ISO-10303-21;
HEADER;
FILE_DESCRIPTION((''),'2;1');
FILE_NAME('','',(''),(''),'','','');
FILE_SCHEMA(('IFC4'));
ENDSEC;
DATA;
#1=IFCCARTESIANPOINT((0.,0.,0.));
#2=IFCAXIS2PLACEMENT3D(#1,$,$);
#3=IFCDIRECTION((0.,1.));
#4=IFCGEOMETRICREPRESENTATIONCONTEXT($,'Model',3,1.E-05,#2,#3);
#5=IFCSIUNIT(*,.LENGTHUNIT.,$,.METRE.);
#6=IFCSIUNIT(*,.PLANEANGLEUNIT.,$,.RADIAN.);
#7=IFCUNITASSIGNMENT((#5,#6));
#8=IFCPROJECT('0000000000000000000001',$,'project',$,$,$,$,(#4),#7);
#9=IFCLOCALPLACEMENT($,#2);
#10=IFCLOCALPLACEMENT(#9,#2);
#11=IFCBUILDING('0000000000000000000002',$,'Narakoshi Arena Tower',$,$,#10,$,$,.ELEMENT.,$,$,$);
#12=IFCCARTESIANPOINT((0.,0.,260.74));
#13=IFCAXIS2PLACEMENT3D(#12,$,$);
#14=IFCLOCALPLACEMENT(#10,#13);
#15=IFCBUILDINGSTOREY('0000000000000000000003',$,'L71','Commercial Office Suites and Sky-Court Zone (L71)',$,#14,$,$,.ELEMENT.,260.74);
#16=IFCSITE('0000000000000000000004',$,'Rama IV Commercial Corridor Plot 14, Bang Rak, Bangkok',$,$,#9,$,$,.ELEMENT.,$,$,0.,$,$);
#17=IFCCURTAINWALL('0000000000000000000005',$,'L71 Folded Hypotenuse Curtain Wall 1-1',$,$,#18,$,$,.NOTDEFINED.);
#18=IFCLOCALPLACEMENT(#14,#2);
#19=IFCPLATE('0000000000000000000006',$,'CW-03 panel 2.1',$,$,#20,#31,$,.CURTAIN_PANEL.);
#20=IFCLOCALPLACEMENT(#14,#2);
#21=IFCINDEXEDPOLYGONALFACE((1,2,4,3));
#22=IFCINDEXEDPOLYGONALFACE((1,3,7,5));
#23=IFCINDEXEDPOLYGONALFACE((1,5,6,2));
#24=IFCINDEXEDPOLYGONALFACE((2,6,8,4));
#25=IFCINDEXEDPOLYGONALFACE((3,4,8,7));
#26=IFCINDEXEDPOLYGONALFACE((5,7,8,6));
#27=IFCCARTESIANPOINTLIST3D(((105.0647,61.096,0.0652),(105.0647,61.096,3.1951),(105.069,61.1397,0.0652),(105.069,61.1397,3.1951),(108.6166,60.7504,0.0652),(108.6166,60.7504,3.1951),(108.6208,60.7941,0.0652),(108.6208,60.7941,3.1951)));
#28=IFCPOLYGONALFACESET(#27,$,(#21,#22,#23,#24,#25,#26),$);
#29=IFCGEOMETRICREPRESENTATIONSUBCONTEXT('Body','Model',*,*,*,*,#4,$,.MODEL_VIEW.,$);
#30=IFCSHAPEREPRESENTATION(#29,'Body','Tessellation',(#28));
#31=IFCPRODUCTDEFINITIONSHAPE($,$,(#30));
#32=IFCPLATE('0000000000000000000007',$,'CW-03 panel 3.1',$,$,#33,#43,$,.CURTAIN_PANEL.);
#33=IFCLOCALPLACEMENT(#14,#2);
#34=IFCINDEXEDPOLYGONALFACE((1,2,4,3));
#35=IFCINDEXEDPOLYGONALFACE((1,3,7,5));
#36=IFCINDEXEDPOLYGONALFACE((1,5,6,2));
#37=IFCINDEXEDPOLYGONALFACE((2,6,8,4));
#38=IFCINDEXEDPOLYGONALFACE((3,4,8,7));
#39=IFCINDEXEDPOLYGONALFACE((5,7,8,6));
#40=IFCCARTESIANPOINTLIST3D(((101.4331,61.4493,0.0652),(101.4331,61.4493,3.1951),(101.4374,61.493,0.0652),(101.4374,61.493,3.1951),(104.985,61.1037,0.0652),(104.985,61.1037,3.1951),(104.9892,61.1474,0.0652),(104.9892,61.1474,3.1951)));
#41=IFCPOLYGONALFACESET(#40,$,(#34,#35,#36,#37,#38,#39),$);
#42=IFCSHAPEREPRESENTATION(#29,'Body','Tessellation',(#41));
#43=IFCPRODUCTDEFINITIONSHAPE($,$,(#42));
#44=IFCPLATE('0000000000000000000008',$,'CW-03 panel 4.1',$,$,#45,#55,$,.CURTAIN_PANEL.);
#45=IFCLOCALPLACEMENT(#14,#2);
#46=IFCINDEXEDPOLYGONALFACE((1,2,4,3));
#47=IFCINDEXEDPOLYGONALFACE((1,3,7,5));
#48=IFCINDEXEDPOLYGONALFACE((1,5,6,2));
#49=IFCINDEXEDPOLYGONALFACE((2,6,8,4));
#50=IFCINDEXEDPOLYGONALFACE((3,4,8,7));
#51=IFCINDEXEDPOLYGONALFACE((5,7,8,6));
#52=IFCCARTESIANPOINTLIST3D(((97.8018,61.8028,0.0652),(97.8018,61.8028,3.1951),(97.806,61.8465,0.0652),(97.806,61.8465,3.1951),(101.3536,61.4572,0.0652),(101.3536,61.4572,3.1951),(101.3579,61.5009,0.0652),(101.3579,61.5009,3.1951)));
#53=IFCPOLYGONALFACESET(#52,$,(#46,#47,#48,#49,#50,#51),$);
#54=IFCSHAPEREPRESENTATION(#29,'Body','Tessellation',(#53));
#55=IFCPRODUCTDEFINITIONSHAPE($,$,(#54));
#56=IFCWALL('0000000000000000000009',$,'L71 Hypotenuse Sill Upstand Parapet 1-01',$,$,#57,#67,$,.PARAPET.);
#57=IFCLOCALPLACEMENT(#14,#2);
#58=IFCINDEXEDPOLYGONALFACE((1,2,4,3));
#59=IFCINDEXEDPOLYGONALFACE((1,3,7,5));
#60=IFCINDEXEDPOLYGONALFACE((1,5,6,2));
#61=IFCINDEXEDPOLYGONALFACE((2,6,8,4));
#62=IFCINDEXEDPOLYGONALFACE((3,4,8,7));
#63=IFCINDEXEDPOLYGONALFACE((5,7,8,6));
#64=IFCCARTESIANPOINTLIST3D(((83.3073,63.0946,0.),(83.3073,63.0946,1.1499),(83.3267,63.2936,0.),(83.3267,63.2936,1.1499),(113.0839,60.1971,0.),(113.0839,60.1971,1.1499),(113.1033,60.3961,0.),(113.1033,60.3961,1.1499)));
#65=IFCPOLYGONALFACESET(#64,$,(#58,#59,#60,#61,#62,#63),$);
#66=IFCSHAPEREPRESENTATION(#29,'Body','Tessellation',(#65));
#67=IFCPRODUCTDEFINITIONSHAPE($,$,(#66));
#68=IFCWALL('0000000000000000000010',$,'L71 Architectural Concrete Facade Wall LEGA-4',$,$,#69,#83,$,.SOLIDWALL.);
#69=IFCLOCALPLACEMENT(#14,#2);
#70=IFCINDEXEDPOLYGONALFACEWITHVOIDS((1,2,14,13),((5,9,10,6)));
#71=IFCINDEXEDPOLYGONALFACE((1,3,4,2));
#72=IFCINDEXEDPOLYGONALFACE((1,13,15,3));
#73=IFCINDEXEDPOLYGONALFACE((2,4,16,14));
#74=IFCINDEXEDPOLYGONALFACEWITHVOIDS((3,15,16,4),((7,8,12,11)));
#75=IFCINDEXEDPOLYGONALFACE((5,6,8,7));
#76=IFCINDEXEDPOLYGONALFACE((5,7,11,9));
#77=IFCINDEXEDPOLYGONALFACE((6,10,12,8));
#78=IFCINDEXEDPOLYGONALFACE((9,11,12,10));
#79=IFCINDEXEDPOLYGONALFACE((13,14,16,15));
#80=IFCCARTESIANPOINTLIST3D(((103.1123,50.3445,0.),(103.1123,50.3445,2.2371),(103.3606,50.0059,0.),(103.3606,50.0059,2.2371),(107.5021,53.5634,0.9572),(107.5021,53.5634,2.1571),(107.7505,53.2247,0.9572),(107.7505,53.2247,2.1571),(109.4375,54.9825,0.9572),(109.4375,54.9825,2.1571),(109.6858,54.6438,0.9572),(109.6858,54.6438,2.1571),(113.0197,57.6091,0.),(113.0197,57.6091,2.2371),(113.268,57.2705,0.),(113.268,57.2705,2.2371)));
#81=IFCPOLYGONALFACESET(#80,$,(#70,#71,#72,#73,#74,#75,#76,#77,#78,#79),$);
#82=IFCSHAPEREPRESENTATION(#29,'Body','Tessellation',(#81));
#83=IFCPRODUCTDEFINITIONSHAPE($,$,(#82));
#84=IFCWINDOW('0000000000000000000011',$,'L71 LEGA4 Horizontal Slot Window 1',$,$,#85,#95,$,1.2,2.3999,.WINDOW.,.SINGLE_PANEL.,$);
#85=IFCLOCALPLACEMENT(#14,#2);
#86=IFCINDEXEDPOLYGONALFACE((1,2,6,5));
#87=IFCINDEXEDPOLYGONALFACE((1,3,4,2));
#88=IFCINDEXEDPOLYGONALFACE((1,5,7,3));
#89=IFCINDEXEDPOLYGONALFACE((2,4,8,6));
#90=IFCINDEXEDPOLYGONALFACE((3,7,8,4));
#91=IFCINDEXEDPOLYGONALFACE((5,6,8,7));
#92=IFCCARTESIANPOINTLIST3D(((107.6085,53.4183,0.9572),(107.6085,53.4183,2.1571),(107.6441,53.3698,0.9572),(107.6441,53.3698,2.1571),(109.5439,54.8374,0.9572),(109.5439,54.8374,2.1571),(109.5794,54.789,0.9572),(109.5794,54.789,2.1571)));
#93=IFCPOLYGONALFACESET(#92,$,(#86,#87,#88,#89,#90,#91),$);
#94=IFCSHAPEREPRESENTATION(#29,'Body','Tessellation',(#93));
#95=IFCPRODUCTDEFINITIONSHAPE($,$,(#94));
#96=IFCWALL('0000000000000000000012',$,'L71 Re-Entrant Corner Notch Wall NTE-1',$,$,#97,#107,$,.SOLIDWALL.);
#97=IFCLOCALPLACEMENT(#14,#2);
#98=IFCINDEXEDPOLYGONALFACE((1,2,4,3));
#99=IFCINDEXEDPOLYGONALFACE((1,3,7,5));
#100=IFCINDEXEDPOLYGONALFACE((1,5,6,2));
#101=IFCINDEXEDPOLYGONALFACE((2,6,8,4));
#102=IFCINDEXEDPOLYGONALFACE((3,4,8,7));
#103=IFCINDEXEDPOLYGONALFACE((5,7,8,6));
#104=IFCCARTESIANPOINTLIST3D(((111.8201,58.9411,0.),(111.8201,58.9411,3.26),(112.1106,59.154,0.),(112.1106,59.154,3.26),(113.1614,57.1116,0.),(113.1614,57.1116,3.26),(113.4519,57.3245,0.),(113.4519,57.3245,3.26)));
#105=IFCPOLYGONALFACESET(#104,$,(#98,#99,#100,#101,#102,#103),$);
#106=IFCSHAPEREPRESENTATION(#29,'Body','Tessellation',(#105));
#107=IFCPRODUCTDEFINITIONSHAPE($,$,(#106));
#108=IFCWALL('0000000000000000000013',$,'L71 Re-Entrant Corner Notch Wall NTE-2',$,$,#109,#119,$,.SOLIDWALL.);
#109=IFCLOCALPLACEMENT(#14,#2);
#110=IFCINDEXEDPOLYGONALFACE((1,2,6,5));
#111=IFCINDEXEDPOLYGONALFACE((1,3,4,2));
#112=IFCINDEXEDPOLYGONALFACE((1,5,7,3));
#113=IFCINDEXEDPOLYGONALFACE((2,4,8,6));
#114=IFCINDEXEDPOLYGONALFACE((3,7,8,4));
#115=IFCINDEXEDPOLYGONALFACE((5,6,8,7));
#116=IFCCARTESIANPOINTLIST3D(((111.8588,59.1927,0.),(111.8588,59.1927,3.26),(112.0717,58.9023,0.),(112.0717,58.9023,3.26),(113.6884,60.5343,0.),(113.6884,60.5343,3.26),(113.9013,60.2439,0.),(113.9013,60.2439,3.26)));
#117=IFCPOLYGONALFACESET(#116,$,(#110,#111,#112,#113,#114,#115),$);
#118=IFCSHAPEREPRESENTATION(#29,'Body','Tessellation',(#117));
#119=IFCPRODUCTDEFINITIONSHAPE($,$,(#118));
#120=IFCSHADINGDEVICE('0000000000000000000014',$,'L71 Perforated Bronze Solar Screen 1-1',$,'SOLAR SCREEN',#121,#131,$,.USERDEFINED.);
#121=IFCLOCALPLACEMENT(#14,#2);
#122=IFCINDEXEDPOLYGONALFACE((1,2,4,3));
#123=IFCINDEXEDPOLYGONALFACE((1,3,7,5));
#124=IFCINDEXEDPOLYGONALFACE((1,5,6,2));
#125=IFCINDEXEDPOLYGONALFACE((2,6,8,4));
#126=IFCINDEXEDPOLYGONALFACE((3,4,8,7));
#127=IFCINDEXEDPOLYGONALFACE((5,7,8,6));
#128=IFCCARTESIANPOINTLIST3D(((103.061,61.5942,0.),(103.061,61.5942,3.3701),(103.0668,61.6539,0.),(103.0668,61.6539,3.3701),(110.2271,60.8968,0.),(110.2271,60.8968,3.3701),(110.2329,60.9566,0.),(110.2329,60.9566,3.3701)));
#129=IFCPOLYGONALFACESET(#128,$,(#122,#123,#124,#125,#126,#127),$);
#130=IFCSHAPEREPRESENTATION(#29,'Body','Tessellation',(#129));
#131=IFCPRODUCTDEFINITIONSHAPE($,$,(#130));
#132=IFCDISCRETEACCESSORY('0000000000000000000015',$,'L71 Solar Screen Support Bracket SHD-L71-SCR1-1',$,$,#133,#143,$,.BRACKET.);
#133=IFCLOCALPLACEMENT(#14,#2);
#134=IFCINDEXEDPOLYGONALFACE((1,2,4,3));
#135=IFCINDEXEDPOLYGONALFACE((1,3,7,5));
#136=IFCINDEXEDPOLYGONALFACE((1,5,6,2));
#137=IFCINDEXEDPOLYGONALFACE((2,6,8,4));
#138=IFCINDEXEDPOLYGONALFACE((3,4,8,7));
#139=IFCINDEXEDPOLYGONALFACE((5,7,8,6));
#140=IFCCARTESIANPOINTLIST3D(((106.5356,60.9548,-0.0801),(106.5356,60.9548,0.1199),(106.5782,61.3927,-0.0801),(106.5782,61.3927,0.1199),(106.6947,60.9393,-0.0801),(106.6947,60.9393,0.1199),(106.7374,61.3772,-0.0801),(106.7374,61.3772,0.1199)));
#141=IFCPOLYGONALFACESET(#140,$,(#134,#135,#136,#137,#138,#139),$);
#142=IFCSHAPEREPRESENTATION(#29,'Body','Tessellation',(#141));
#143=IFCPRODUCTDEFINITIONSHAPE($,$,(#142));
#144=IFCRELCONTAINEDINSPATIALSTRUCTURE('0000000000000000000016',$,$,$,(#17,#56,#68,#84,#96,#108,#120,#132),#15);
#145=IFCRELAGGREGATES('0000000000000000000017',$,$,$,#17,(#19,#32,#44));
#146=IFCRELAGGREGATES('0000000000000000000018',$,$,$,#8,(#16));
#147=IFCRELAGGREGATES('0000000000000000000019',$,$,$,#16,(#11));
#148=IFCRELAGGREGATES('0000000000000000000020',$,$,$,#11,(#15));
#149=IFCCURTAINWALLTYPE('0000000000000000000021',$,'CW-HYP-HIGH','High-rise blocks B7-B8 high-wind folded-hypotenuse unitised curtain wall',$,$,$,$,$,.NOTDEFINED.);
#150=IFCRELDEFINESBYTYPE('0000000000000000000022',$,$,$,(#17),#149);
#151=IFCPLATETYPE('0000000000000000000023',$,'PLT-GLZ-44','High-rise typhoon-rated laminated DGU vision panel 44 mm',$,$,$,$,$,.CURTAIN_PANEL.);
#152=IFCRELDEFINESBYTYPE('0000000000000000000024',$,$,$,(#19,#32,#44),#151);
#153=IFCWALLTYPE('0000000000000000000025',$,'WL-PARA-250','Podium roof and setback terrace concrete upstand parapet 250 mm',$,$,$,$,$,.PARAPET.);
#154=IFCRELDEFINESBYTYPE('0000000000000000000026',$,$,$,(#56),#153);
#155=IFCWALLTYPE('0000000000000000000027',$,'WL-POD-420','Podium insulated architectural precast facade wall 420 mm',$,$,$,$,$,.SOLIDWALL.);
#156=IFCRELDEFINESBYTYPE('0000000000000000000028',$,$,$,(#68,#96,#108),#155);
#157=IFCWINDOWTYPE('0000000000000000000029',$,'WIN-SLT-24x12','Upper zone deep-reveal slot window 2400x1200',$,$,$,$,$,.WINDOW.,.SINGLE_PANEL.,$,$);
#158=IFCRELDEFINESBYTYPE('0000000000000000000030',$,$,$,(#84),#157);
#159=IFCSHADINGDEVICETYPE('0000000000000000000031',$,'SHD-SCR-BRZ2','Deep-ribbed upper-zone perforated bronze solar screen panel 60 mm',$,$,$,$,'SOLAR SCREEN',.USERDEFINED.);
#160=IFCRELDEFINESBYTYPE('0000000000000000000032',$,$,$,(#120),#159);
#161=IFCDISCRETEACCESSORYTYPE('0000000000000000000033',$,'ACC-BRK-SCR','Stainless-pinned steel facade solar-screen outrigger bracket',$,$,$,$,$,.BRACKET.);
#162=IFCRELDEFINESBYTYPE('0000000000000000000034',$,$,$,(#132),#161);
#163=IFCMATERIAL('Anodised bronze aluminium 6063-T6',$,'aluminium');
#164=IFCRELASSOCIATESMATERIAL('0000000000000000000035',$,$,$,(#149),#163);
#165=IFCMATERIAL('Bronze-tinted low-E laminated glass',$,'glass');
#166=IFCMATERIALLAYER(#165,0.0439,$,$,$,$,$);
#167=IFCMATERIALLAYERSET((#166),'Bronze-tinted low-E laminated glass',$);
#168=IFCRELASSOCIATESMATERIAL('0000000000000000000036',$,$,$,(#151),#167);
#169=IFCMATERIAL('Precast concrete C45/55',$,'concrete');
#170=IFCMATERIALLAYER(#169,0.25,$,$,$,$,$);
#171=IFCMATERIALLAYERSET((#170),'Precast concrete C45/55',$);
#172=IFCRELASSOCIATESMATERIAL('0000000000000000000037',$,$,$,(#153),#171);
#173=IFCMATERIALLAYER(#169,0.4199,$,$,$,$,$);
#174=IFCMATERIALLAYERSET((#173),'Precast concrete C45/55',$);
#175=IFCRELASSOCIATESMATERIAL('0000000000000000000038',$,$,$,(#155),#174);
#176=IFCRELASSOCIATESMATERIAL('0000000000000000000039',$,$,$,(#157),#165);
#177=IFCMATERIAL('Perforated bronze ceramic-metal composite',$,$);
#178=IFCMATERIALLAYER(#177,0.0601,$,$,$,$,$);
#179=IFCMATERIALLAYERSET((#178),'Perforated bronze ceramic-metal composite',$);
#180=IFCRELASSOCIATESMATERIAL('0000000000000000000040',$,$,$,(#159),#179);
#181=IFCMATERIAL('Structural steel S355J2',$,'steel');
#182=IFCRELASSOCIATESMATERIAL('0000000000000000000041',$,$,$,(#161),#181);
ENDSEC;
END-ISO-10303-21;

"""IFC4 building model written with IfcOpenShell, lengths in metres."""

from ifc_helpers import new_model, si_unit, direction, frame, frame_2d, origin, origin_2d, place, context, subcontext, project, spatial, rectangle, extrude, material, layer, layer_set, type_object, element, fill, aggregate, save


model = new_model("IFC4")

# Units and contexts
model_context = context("Model", 3, precision=1e-05, world=origin(), true_north=direction((0.0, 1.0)))
body_context = subcontext(model_context, "Body", "Model", "MODEL_VIEW")
ifc_project = project(units=[si_unit("LENGTHUNIT", "METRE"), si_unit("PLANEANGLEUNIT", "RADIAN")], contexts=[model_context])

# Site, building, storey
site_placement = place(None, origin())
site = spatial("IfcSite", under=ifc_project, at=site_placement, Name="Rama IV Commercial Corridor Plot 14, Bang Rak, Bangkok", CompositionType="ELEMENT", RefElevation=0.0)
building_placement = place(site_placement, origin())
building = spatial("IfcBuilding", under=site, at=building_placement, Name="Narakoshi Arena Tower", CompositionType="ELEMENT")
storey_placement = place(building_placement, frame((0.0, 0.0, 260.74)))
storey = spatial("IfcBuildingStorey", under=building, at=storey_placement, Name="L71", Description="Commercial Office Suites and Sky-Court Zone (L71)", CompositionType="ELEMENT", Elevation=260.74)

# Curtain wall, plates
ifc_material_1 = material(Name="Anodised bronze aluminium 6063-T6", Category="aluminium")
curtain_wall_type = type_object("IfcCurtainWallType", Name="CW-HYP-HIGH", Description="High-rise blocks B7-B8 high-wind folded-hypotenuse unitised curtain wall", PredefinedType="NOTDEFINED", material=ifc_material_1)
curtain_wall_placement = place(storey_placement, origin())
curtain_wall = element("IfcCurtainWall", 1, at=curtain_wall_placement, inside=storey, type_object=curtain_wall_type, Name="L71 Folded Hypotenuse Curtain Wall 1-1", PredefinedType="NOTDEFINED")
ifc_material_2 = material(Name="Bronze-tinted low-E laminated glass", Category="glass")
ifc_layer_1 = layer(ifc_material_2, 0.0439)
ifc_layer_set_1 = layer_set([ifc_layer_1], Name="Bronze-tinted low-E laminated glass")
plate_type = type_object("IfcPlateType", Name="PLT-GLZ-44", Description="High-rise typhoon-rated laminated DGU vision panel 44 mm", PredefinedType="CURTAIN_PANEL", material=ifc_layer_set_1)
plate_1_placement = place(storey_placement, frame((106.8428, 60.9451, 0.0652), z_axis=(0.0, 0.0, 1.0), x_axis=(-0.995299, 0.096851, 0.0)))
plate_1 = element("IfcPlate", 2, at=plate_1_placement, type_object=plate_type, Name="CW-03 panel 2.1", PredefinedType="CURTAIN_PANEL", context=body_context, shape_type="SweptSolid", body=[
    extrude(rectangle(XDim=3.5686, YDim=0.0439, at=origin_2d()), origin(), (0.0, 0.0, 1.0), 3.1299),
])
plate_2_placement = place(storey_placement, frame((103.2112, 61.2983, 0.0652), z_axis=(0.0, 0.0, 1.0), x_axis=(-0.995299, 0.096851, 0.0)))
plate_2 = element("IfcPlate", 3, at=plate_2_placement, type_object=plate_type, Name="CW-03 panel 3.1", PredefinedType="CURTAIN_PANEL", context=body_context, shape_type="SweptSolid", body=[
    extrude(rectangle(XDim=3.5686, YDim=0.0439, at=origin_2d()), origin(), (0.0, 0.0, 1.0), 3.1299),
])
plate_3_placement = place(storey_placement, frame((99.5798, 61.6519, 0.0652), z_axis=(0.0, 0.0, 1.0), x_axis=(-0.995299, 0.096851, 0.0)))
plate_3 = element("IfcPlate", 4, at=plate_3_placement, type_object=plate_type, Name="CW-03 panel 4.1", PredefinedType="CURTAIN_PANEL", context=body_context, shape_type="SweptSolid", body=[
    extrude(rectangle(XDim=3.5686, YDim=0.0439, at=origin_2d()), origin(), (0.0, 0.0, 1.0), 3.1299),
])
aggregate(curtain_wall, [plate_1, plate_2, plate_3])

# Wall
ifc_material_3 = material(Name="Precast concrete C45/55", Category="concrete")
ifc_layer_2 = layer(ifc_material_3, 0.25)
ifc_layer_set_2 = layer_set([ifc_layer_2], Name="Precast concrete C45/55")
wall_type_1 = type_object("IfcWallType", Name="WL-PARA-250", Description="Podium roof and setback terrace concrete upstand parapet 250 mm", PredefinedType="PARAPET", material=ifc_layer_set_2)
wall_1_placement = place(storey_placement, frame((113.0935, 60.2966, 0.0), z_axis=(0.0, 0.0, 1.0), x_axis=(-0.995299, 0.096849, 0.0)))
element("IfcWall", 5, at=wall_1_placement, inside=storey, type_object=wall_type_1, Name="L71 Hypotenuse Sill Upstand Parapet 1-01", PredefinedType="PARAPET", context=body_context, shape_type="SweptSolid", body=[
    extrude(rectangle(XDim=29.9172, YDim=0.2, at=frame_2d((14.9585, 0.0))), origin(), (0.0, 0.0, 1.0), 1.1499),
])

# Wall, opening, window
ifc_layer_3 = layer(ifc_material_3, 0.4199)
ifc_layer_set_3 = layer_set([ifc_layer_3], Name="Precast concrete C45/55")
wall_type_2 = type_object("IfcWallType", Name="WL-POD-420", Description="Podium insulated architectural precast facade wall 420 mm", PredefinedType="SOLIDWALL", material=ifc_layer_set_3)
wall_2_placement = place(storey_placement, frame((103.2366, 50.1753, 0.0), z_axis=(0.0, 0.0, 1.0), x_axis=(0.806437, 0.59132, 0.0)))
wall_2 = element("IfcWall", 6, at=wall_2_placement, inside=storey, type_object=wall_type_2, Name="L71 Architectural Concrete Facade Wall LEGA-4", PredefinedType="SOLIDWALL", context=body_context, shape_type="SweptSolid", body=[
    extrude(rectangle(XDim=12.2854, YDim=0.4199, at=frame_2d((6.1426, 0.0))), origin(), (0.0, 0.0, 1.0), 2.2371),
])
opening_placement = place(wall_2_placement, frame((5.4434, 0.0, 0.957)))
opening = element("IfcOpeningElement", 7, at=opening_placement, cuts=wall_2, PredefinedType="OPENING", context=body_context, shape_type="SweptSolid", body=[
    extrude(rectangle(XDim=2.3999, YDim=1.2, at=frame_2d((1.2, 0.6001))), frame((0.0, 0.22, 0.0), z_axis=(0.0, -1.0, 0.0), x_axis=(1.0, 0.0, 0.0)), (0.0, 0.0, 1.0), 0.4399),
])
window_type = type_object("IfcWindowType", Name="WIN-SLT-24x12", Description="Upper zone deep-reveal slot window 2400x1200", PartitioningType="SINGLE_PANEL", PredefinedType="WINDOW", material=ifc_material_2)
window_placement = place(opening_placement, origin())
window = element("IfcWindow", 8, at=window_placement, inside=storey, type_object=window_type, Name="L71 LEGA4 Horizontal Slot Window 1", OverallHeight=1.2, OverallWidth=2.3999, PartitioningType="SINGLE_PANEL", PredefinedType="WINDOW", context=body_context, shape_type="SweptSolid", body=[
    extrude(rectangle(XDim=2.3999, YDim=1.2, at=frame_2d((1.2, 0.6001))), frame((0.0, 0.03, 0.0), z_axis=(0.0, -1.0, 0.0), x_axis=(1.0, 0.0, 0.0)), (0.0, 0.0, 1.0), 0.0601),
])
fill(opening, window)

# Walls
wall_3_placement = place(storey_placement, frame((113.3066, 57.218, 0.0), z_axis=(0.0, 0.0, 1.0), x_axis=(-0.591252, 0.806487, 0.0)))
element("IfcWall", 9, at=wall_3_placement, inside=storey, type_object=wall_type_2, Name="L71 Re-Entrant Corner Notch Wall NTE-1", PredefinedType="SOLIDWALL", context=body_context, shape_type="SweptSolid", body=[
    extrude(rectangle(XDim=2.2686, YDim=0.3601, at=frame_2d((1.1343, 0.0))), origin(), (0.0, 0.0, 1.0), 3.26),
])
wall_4_placement = place(storey_placement, frame((111.9653, 59.0476, 0.0), z_axis=(0.0, 0.0, 1.0), x_axis=(0.806436, 0.591322, 0.0)))
element("IfcWall", 10, at=wall_4_placement, inside=storey, type_object=wall_type_2, Name="L71 Re-Entrant Corner Notch Wall NTE-2", PredefinedType="SOLIDWALL", context=body_context, shape_type="SweptSolid", body=[
    extrude(rectangle(XDim=2.2688, YDim=0.3601, at=frame_2d((1.1343, 0.0))), origin(), (0.0, 0.0, 1.0), 3.26),
])

# Shading device
ifc_material_4 = material(Name="Perforated bronze ceramic-metal composite")
ifc_layer_4 = layer(ifc_material_4, 0.0601)
ifc_layer_set_4 = layer_set([ifc_layer_4], Name="Perforated bronze ceramic-metal composite")
shading_device_type = type_object("IfcShadingDeviceType", Name="SHD-SCR-BRZ2", Description="Deep-ribbed upper-zone perforated bronze solar screen panel 60 mm", ElementType="SOLAR SCREEN", PredefinedType="USERDEFINED", material=ifc_layer_set_4)
shading_device_placement = place(storey_placement, frame((106.647, 61.2754, 0.0), z_axis=(0.0, 0.0, 1.0), x_axis=(-0.995299, 0.096853, 0.0)))
element("IfcShadingDevice", 11, at=shading_device_placement, inside=storey, type_object=shading_device_type, Name="L71 Perforated Bronze Solar Screen 1-1", ObjectType="SOLAR SCREEN", PredefinedType="USERDEFINED", context=body_context, shape_type="SweptSolid", body=[
    extrude(rectangle(XDim=7.2, YDim=0.0601, at=origin_2d()), origin(), (0.0, 0.0, 1.0), 3.3701),
])

# Discrete accessory
ifc_material_5 = material(Name="Structural steel S355J2", Category="steel")
discrete_accessory_type = type_object("IfcDiscreteAccessoryType", Name="ACC-BRK-SCR", Description="Stainless-pinned steel facade solar-screen outrigger bracket", PredefinedType="BRACKET", material=ifc_material_5)
discrete_accessory_placement = place(storey_placement, frame((106.6365, 61.166, -0.0801), z_axis=(0.0, 0.0, 1.0), x_axis=(-0.995299, 0.096853, 0.0)))
element("IfcDiscreteAccessory", 12, at=discrete_accessory_placement, inside=storey, type_object=discrete_accessory_type, Name="L71 Solar Screen Support Bracket SHD-L71-SCR1-1", PredefinedType="BRACKET", context=body_context, shape_type="SweptSolid", body=[
    extrude(rectangle(XDim=0.1599, YDim=0.4399, at=origin_2d()), origin(), (0.0, 0.0, 1.0), 0.2),
])

save(model, "model.ifc")
